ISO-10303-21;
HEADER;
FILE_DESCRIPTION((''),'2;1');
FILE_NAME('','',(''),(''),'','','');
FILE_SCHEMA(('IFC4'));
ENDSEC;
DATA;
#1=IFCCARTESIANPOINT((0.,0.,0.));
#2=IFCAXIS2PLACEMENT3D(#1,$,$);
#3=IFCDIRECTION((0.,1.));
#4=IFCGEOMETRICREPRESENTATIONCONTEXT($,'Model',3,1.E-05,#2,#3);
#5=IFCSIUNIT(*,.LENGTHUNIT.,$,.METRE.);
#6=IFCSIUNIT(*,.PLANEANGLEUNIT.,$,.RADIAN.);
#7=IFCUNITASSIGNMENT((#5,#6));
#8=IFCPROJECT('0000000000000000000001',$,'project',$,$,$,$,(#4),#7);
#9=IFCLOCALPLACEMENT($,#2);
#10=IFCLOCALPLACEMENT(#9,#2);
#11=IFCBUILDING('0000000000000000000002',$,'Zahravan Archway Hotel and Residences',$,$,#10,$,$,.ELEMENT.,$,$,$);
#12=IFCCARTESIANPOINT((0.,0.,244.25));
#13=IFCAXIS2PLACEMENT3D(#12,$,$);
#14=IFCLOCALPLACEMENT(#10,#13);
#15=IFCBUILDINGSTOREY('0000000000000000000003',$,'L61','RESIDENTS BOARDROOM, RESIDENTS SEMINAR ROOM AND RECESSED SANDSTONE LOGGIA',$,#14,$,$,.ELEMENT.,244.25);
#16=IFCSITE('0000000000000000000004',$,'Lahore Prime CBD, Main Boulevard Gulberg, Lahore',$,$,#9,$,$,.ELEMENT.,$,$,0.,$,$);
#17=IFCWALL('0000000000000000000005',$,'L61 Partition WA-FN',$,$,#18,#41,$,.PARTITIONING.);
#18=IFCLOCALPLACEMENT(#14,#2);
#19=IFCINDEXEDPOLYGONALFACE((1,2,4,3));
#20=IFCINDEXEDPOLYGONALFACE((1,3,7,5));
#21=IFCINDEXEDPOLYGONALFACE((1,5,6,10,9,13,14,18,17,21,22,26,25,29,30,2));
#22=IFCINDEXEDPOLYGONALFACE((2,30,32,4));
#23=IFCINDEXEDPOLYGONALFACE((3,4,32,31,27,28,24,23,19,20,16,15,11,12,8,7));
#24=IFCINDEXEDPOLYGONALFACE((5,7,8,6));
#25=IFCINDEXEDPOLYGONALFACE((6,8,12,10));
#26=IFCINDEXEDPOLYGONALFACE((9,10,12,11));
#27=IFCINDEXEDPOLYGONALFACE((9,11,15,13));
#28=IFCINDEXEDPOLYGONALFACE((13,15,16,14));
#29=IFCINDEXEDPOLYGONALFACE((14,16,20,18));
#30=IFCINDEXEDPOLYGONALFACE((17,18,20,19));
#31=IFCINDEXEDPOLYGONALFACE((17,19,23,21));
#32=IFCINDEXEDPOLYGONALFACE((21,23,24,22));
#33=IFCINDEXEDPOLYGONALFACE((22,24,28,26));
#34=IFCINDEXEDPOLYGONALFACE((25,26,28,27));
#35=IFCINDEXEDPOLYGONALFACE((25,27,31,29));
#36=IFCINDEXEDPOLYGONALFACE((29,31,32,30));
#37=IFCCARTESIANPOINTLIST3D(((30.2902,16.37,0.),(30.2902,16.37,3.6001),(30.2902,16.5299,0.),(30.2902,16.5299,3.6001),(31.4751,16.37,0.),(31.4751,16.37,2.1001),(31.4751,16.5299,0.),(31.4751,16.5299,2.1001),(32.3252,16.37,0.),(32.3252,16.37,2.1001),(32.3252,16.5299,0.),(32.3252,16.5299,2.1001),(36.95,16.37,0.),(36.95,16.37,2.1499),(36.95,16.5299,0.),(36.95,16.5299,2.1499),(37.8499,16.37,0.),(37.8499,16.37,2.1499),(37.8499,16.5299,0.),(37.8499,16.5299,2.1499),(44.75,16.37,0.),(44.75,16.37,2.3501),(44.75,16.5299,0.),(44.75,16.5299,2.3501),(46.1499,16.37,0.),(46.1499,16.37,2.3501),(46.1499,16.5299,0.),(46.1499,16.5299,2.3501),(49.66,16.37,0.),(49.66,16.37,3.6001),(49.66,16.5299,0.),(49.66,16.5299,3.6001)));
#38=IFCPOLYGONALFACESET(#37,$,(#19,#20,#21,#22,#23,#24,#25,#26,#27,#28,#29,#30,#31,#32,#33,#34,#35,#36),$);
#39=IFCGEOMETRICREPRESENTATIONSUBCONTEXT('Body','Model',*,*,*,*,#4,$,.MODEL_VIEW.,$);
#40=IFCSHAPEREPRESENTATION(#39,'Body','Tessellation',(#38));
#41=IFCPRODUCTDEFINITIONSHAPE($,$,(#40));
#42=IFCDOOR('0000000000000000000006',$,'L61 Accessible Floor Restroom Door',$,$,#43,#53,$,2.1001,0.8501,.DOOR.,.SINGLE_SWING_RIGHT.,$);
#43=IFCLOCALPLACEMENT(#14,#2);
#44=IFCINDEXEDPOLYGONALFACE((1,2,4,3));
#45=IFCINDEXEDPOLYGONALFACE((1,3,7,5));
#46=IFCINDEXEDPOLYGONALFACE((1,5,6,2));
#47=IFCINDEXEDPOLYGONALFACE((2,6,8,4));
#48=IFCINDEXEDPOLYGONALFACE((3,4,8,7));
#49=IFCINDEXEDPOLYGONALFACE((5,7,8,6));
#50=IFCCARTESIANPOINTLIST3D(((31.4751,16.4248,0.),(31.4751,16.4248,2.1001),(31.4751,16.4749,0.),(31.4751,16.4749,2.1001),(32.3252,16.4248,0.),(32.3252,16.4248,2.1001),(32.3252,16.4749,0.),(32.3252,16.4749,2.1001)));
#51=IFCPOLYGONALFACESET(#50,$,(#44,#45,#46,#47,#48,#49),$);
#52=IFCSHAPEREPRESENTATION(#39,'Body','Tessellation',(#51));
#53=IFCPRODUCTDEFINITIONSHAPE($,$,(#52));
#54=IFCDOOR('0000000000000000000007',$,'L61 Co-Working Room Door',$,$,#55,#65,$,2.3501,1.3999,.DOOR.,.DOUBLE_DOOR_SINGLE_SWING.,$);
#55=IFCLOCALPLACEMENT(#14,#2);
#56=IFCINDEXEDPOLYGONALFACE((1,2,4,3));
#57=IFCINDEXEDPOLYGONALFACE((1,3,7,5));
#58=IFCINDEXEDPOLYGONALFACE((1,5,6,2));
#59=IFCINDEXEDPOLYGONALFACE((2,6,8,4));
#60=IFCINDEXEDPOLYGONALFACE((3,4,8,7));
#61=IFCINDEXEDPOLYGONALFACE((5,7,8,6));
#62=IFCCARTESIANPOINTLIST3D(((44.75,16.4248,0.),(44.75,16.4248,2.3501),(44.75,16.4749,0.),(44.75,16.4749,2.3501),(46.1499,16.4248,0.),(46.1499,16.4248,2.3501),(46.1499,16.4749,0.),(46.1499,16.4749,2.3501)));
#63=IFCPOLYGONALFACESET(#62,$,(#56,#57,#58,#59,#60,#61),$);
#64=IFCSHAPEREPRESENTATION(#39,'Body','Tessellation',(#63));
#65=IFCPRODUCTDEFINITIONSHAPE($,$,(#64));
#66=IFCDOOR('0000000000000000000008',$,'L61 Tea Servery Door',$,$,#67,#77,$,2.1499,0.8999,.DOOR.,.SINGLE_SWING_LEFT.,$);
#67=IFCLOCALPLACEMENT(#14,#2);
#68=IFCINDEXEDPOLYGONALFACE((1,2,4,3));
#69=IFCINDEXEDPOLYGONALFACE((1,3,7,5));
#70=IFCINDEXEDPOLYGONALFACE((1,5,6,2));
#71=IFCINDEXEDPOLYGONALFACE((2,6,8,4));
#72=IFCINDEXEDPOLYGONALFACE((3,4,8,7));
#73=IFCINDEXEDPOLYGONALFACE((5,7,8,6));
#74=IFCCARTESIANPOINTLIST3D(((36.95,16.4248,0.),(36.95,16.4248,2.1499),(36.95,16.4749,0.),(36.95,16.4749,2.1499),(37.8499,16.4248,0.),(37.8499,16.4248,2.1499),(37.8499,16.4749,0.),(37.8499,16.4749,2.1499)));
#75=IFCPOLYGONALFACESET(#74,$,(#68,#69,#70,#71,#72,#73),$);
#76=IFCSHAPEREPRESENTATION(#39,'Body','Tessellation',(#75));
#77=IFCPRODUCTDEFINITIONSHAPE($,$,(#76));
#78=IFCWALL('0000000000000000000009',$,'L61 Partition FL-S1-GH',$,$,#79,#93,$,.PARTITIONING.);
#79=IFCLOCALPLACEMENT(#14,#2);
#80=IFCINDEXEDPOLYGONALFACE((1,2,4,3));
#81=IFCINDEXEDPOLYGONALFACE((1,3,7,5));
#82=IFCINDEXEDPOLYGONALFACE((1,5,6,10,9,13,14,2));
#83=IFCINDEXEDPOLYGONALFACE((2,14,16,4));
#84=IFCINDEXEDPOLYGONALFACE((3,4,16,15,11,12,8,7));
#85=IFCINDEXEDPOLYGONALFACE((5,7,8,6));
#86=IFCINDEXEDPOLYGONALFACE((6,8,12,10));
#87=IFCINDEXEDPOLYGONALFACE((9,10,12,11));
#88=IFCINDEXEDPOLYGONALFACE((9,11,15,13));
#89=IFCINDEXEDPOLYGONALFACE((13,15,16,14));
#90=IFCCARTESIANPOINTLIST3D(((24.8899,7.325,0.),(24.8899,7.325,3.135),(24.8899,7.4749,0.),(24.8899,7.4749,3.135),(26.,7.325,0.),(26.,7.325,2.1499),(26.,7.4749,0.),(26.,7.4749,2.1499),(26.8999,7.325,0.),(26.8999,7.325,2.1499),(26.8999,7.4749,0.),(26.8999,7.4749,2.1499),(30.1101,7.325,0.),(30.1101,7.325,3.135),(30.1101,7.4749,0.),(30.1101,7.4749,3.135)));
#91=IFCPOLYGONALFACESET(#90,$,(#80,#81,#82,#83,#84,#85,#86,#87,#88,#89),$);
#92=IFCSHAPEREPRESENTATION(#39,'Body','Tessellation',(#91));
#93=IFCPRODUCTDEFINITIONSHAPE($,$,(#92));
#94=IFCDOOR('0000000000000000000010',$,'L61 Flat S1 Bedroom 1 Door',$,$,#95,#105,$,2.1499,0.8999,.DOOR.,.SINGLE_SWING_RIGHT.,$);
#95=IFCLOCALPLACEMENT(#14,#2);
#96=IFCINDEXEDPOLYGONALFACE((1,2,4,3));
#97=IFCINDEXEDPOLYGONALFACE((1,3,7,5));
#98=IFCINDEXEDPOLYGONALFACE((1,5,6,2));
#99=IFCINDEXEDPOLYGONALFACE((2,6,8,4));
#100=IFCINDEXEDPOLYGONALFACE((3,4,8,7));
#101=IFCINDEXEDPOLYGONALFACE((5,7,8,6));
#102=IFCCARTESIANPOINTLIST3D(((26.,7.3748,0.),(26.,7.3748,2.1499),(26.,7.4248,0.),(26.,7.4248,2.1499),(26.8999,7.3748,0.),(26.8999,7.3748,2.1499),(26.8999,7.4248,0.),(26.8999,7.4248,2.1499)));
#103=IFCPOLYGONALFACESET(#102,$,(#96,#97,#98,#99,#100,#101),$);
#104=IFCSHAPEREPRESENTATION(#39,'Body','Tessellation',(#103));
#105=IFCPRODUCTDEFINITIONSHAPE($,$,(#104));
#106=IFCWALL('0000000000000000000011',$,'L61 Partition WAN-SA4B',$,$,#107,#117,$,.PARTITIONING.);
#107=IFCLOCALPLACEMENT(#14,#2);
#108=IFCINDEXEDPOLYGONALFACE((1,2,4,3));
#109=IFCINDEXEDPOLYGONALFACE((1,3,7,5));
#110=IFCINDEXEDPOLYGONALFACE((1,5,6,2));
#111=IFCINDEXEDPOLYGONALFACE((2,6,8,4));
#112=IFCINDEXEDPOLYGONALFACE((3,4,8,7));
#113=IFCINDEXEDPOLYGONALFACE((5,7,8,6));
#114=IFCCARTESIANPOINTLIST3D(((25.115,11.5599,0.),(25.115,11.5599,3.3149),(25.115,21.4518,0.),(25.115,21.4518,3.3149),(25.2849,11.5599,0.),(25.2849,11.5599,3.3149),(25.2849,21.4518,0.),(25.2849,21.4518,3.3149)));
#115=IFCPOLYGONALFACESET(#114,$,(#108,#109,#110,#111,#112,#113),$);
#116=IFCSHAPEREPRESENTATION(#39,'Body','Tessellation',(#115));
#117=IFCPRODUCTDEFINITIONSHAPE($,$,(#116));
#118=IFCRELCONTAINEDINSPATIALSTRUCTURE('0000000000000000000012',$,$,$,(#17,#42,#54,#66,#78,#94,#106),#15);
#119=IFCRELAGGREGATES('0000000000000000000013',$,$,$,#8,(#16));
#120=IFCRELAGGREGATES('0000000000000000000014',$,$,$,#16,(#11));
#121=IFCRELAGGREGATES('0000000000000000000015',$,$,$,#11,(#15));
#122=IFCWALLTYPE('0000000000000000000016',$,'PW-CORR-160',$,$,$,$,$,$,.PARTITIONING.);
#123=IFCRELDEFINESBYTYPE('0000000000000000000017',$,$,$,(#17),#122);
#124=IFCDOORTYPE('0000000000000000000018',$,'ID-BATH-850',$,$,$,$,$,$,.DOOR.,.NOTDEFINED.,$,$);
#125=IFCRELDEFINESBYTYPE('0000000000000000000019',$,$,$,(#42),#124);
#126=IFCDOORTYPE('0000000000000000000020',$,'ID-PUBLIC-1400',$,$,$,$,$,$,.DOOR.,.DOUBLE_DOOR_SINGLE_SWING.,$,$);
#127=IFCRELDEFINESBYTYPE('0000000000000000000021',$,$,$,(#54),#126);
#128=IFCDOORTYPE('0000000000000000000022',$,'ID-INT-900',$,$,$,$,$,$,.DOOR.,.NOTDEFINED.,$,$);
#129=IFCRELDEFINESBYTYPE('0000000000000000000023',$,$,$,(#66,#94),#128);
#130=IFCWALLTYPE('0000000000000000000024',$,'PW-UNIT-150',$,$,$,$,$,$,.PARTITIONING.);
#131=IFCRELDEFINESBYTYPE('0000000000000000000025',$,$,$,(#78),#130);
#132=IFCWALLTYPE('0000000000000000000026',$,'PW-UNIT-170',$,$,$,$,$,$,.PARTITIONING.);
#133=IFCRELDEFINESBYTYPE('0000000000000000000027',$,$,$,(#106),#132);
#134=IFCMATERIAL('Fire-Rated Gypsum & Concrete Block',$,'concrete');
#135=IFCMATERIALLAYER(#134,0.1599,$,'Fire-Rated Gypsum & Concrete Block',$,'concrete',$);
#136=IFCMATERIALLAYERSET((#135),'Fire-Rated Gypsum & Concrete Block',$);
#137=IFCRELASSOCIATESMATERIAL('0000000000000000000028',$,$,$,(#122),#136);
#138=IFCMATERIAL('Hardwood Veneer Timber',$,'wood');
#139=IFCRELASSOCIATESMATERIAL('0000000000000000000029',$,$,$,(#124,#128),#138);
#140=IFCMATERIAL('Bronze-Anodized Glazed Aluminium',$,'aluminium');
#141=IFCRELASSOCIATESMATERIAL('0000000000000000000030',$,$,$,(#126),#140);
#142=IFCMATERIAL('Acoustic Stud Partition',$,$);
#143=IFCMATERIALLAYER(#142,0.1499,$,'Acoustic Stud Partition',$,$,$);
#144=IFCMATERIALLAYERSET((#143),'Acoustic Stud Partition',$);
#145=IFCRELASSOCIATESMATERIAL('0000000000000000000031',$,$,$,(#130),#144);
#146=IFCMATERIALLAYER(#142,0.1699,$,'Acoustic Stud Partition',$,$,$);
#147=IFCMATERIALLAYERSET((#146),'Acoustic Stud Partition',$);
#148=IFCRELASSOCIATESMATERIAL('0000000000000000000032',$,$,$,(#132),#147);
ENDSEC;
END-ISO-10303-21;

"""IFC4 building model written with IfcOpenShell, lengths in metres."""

from ifc_helpers import new_model, si_unit, direction, frame, frame_2d, origin, place, context, subcontext, project, spatial, rectangle, extrude, source, transform, mapped, material, layer, layer_set, type_object, type_shapes, element, fill, save


model = new_model("IFC4")

# Units and contexts
model_context = context("Model", 3, precision=1e-05, world=origin(), true_north=direction((0.0, 1.0)))
body_context = subcontext(model_context, "Body", "Model", "MODEL_VIEW")
ifc_project = project(units=[si_unit("LENGTHUNIT", "METRE"), si_unit("PLANEANGLEUNIT", "RADIAN")], contexts=[model_context])

# Site, building, storey
site_placement = place(None, origin())
site = spatial("IfcSite", under=ifc_project, at=site_placement, Name="Lahore Prime CBD, Main Boulevard Gulberg, Lahore", CompositionType="ELEMENT", RefElevation=0.0)
building_placement = place(site_placement, origin())
building = spatial("IfcBuilding", under=site, at=building_placement, Name="Zahravan Archway Hotel and Residences", CompositionType="ELEMENT")
storey_placement = place(building_placement, frame((0.0, 0.0, 244.25)))
storey = spatial("IfcBuildingStorey", under=building, at=storey_placement, Name="L61", Description="RESIDENTS BOARDROOM, RESIDENTS SEMINAR ROOM AND RECESSED SANDSTONE LOGGIA", CompositionType="ELEMENT", Elevation=244.25)

# Shared definitions
ifc_material_1 = material(Name="Fire-Rated Gypsum & Concrete Block", Category="concrete")
ifc_layer_1 = layer(ifc_material_1, 0.1599, Name="Fire-Rated Gypsum & Concrete Block", Category="concrete")
ifc_layer_set_1 = layer_set([ifc_layer_1], Name="Fire-Rated Gypsum & Concrete Block")
wall_type_1 = type_object("IfcWallType", Name="PW-CORR-160", PredefinedType="PARTITIONING", material=ifc_layer_set_1)

# Wall, openings, doors
wall_1_placement = place(storey_placement, frame((30.29, 16.45, 0.0), z_axis=(0.0, 0.0, 1.0), x_axis=(1.0, 0.0, 0.0)))
wall_1 = element("IfcWall", 1, at=wall_1_placement, inside=storey, type_object=wall_type_1, Name="L61 Partition WA-FN", PredefinedType="PARTITIONING", context=body_context, shape_type="SweptSolid", body=[
    extrude(rectangle(XDim=19.3699, YDim=0.1599, at=frame_2d((9.6851, 0.0))), origin(), (0.0, 0.0, 1.0), 3.6001),
])
opening_1_placement = place(wall_1_placement, frame((1.1851, 0.0, 0.0)))
opening_1 = element("IfcOpeningElement", 2, at=opening_1_placement, cuts=wall_1, PredefinedType="OPENING", context=body_context, shape_type="SweptSolid", body=[
    extrude(rectangle(XDim=0.8501, YDim=2.1001, at=frame_2d((0.425, 1.05))), frame((0.0, 0.0898, 0.0), z_axis=(0.0, -1.0, 0.0), x_axis=(1.0, 0.0, 0.0)), (0.0, 0.0, 1.0), 0.1799),
])
opening_2_placement = place(wall_1_placement, frame((6.6599, 0.0, 0.0)))
opening_2 = element("IfcOpeningElement", 3, at=opening_2_placement, cuts=wall_1, PredefinedType="OPENING", context=body_context, shape_type="SweptSolid", body=[
    extrude(rectangle(XDim=0.8999, YDim=2.1499, at=frame_2d((0.45, 1.075))), frame((0.0, 0.0898, 0.0), z_axis=(0.0, -1.0, 0.0), x_axis=(1.0, 0.0, 0.0)), (0.0, 0.0, 1.0), 0.1799),
])
opening_3_placement = place(wall_1_placement, frame((14.46, 0.0, 0.0)))
opening_3 = element("IfcOpeningElement", 4, at=opening_3_placement, cuts=wall_1, PredefinedType="OPENING", context=body_context, shape_type="SweptSolid", body=[
    extrude(rectangle(XDim=1.3999, YDim=2.3501, at=frame_2d((0.7, 1.175))), frame((0.0, 0.0898, 0.0), z_axis=(0.0, -1.0, 0.0), x_axis=(1.0, 0.0, 0.0)), (0.0, 0.0, 1.0), 0.1799),
])
ifc_material_2 = material(Name="Hardwood Veneer Timber", Category="wood")
door_type_1 = type_object("IfcDoorType", Name="ID-BATH-850", OperationType="NOTDEFINED", PredefinedType="DOOR", material=ifc_material_2)
shared_shape_1 = source(origin(), body_context, "Body", "SweptSolid", [
    extrude(rectangle(XDim=0.8501, YDim=2.1001, at=frame_2d((0.425, 1.05))), frame((0.0, 0.0249, 0.0), z_axis=(0.0, -1.0, 0.0), x_axis=(1.0, 0.0, 0.0)), (0.0, 0.0, 1.0), 0.05),
])
type_shapes(door_type_1, [shared_shape_1])
door_1_placement = place(opening_1_placement, origin())
door_1 = element("IfcDoor", 5, at=door_1_placement, inside=storey, type_object=door_type_1, Name="L61 Accessible Floor Restroom Door", OperationType="SINGLE_SWING_RIGHT", OverallHeight=2.1001, OverallWidth=0.8501, PredefinedType="DOOR", context=body_context, shape_type="MappedRepresentation", body=[
    mapped(shared_shape_1, transform((0.0, 0.0, 0.0), scale=1.0)),
])
fill(opening_1, door_1)
ifc_material_3 = material(Name="Bronze-Anodized Glazed Aluminium", Category="aluminium")
door_type_2 = type_object("IfcDoorType", Name="ID-PUBLIC-1400", OperationType="DOUBLE_DOOR_SINGLE_SWING", PredefinedType="DOOR", material=ifc_material_3)
shared_shape_2 = source(origin(), body_context, "Body", "SweptSolid", [
    extrude(rectangle(XDim=1.3999, YDim=2.3501, at=frame_2d((0.7, 1.175))), frame((0.0, 0.0249, 0.0), z_axis=(0.0, -1.0, 0.0), x_axis=(1.0, 0.0, 0.0)), (0.0, 0.0, 1.0), 0.05),
])
type_shapes(door_type_2, [shared_shape_2])
door_2_placement = place(opening_3_placement, origin())
door_2 = element("IfcDoor", 6, at=door_2_placement, inside=storey, type_object=door_type_2, Name="L61 Co-Working Room Door", OperationType="DOUBLE_DOOR_SINGLE_SWING", OverallHeight=2.3501, OverallWidth=1.3999, PredefinedType="DOOR", context=body_context, shape_type="MappedRepresentation", body=[
    mapped(shared_shape_2, transform((0.0, 0.0, 0.0), scale=1.0)),
])
fill(opening_3, door_2)
door_type_3 = type_object("IfcDoorType", Name="ID-INT-900", OperationType="NOTDEFINED", PredefinedType="DOOR", material=ifc_material_2)
shared_shape_3 = source(origin(), body_context, "Body", "SweptSolid", [
    extrude(rectangle(XDim=0.8999, YDim=2.1499, at=frame_2d((0.45, 1.075))), frame((0.0, 0.0249, 0.0), z_axis=(0.0, -1.0, 0.0), x_axis=(1.0, 0.0, 0.0)), (0.0, 0.0, 1.0), 0.05),
])
type_shapes(door_type_3, [shared_shape_3])
door_3_placement = place(opening_2_placement, origin())
door_3 = element("IfcDoor", 7, at=door_3_placement, inside=storey, type_object=door_type_3, Name="L61 Tea Servery Door", OperationType="SINGLE_SWING_LEFT", OverallHeight=2.1499, OverallWidth=0.8999, PredefinedType="DOOR", context=body_context, shape_type="MappedRepresentation", body=[
    mapped(shared_shape_3, transform((0.0, 0.0, 0.0), scale=1.0)),
])
fill(opening_2, door_3)

# Wall, opening, door
ifc_material_4 = material(Name="Acoustic Stud Partition")
ifc_layer_2 = layer(ifc_material_4, 0.1499, Name="Acoustic Stud Partition")
ifc_layer_set_2 = layer_set([ifc_layer_2], Name="Acoustic Stud Partition")
wall_type_2 = type_object("IfcWallType", Name="PW-UNIT-150", PredefinedType="PARTITIONING", material=ifc_layer_set_2)
wall_2_placement = place(storey_placement, frame((24.8899, 7.3999, 0.0), z_axis=(0.0, 0.0, 1.0), x_axis=(1.0, 0.0, 0.0)))
wall_2 = element("IfcWall", 8, at=wall_2_placement, inside=storey, type_object=wall_type_2, Name="L61 Partition FL-S1-GH", PredefinedType="PARTITIONING", context=body_context, shape_type="SweptSolid", body=[
    extrude(rectangle(XDim=5.2202, YDim=0.1499, at=frame_2d((2.6101, 0.0))), origin(), (0.0, 0.0, 1.0), 3.135),
])
opening_4_placement = place(wall_2_placement, frame((1.1101, 0.0, 0.0)))
opening_4 = element("IfcOpeningElement", 9, at=opening_4_placement, cuts=wall_2, PredefinedType="OPENING", context=body_context, shape_type="SweptSolid", body=[
    extrude(rectangle(XDim=0.8999, YDim=2.1499, at=frame_2d((0.45, 1.075))), frame((0.0, 0.085, 0.0), z_axis=(0.0, -1.0, 0.0), x_axis=(1.0, 0.0, 0.0)), (0.0, 0.0, 1.0), 0.1699),
])
door_4_placement = place(opening_4_placement, origin())
door_4 = element("IfcDoor", 10, at=door_4_placement, inside=storey, type_object=door_type_3, Name="L61 Flat S1 Bedroom 1 Door", OperationType="SINGLE_SWING_RIGHT", OverallHeight=2.1499, OverallWidth=0.8999, PredefinedType="DOOR", context=body_context, shape_type="MappedRepresentation", body=[
    mapped(shared_shape_3, transform((0.0, 0.0, 0.0), scale=1.0)),
])
fill(opening_4, door_4)

# Wall
ifc_layer_3 = layer(ifc_material_4, 0.1699, Name="Acoustic Stud Partition")
ifc_layer_set_3 = layer_set([ifc_layer_3], Name="Acoustic Stud Partition")
wall_type_3 = type_object("IfcWallType", Name="PW-UNIT-170", PredefinedType="PARTITIONING", material=ifc_layer_set_3)
wall_3_placement = place(storey_placement, frame((25.2, 11.5601, 0.0), z_axis=(0.0, 0.0, 1.0), x_axis=(0.0, 1.0, 0.0)))
element("IfcWall", 11, at=wall_3_placement, inside=storey, type_object=wall_type_3, Name="L61 Partition WAN-SA4B", PredefinedType="PARTITIONING", context=body_context, shape_type="SweptSolid", body=[
    extrude(rectangle(XDim=9.8918, YDim=0.1699, at=frame_2d((4.9458, 0.0))), origin(), (0.0, 0.0, 1.0), 3.3149),
])

save(model, "model.ifc")
